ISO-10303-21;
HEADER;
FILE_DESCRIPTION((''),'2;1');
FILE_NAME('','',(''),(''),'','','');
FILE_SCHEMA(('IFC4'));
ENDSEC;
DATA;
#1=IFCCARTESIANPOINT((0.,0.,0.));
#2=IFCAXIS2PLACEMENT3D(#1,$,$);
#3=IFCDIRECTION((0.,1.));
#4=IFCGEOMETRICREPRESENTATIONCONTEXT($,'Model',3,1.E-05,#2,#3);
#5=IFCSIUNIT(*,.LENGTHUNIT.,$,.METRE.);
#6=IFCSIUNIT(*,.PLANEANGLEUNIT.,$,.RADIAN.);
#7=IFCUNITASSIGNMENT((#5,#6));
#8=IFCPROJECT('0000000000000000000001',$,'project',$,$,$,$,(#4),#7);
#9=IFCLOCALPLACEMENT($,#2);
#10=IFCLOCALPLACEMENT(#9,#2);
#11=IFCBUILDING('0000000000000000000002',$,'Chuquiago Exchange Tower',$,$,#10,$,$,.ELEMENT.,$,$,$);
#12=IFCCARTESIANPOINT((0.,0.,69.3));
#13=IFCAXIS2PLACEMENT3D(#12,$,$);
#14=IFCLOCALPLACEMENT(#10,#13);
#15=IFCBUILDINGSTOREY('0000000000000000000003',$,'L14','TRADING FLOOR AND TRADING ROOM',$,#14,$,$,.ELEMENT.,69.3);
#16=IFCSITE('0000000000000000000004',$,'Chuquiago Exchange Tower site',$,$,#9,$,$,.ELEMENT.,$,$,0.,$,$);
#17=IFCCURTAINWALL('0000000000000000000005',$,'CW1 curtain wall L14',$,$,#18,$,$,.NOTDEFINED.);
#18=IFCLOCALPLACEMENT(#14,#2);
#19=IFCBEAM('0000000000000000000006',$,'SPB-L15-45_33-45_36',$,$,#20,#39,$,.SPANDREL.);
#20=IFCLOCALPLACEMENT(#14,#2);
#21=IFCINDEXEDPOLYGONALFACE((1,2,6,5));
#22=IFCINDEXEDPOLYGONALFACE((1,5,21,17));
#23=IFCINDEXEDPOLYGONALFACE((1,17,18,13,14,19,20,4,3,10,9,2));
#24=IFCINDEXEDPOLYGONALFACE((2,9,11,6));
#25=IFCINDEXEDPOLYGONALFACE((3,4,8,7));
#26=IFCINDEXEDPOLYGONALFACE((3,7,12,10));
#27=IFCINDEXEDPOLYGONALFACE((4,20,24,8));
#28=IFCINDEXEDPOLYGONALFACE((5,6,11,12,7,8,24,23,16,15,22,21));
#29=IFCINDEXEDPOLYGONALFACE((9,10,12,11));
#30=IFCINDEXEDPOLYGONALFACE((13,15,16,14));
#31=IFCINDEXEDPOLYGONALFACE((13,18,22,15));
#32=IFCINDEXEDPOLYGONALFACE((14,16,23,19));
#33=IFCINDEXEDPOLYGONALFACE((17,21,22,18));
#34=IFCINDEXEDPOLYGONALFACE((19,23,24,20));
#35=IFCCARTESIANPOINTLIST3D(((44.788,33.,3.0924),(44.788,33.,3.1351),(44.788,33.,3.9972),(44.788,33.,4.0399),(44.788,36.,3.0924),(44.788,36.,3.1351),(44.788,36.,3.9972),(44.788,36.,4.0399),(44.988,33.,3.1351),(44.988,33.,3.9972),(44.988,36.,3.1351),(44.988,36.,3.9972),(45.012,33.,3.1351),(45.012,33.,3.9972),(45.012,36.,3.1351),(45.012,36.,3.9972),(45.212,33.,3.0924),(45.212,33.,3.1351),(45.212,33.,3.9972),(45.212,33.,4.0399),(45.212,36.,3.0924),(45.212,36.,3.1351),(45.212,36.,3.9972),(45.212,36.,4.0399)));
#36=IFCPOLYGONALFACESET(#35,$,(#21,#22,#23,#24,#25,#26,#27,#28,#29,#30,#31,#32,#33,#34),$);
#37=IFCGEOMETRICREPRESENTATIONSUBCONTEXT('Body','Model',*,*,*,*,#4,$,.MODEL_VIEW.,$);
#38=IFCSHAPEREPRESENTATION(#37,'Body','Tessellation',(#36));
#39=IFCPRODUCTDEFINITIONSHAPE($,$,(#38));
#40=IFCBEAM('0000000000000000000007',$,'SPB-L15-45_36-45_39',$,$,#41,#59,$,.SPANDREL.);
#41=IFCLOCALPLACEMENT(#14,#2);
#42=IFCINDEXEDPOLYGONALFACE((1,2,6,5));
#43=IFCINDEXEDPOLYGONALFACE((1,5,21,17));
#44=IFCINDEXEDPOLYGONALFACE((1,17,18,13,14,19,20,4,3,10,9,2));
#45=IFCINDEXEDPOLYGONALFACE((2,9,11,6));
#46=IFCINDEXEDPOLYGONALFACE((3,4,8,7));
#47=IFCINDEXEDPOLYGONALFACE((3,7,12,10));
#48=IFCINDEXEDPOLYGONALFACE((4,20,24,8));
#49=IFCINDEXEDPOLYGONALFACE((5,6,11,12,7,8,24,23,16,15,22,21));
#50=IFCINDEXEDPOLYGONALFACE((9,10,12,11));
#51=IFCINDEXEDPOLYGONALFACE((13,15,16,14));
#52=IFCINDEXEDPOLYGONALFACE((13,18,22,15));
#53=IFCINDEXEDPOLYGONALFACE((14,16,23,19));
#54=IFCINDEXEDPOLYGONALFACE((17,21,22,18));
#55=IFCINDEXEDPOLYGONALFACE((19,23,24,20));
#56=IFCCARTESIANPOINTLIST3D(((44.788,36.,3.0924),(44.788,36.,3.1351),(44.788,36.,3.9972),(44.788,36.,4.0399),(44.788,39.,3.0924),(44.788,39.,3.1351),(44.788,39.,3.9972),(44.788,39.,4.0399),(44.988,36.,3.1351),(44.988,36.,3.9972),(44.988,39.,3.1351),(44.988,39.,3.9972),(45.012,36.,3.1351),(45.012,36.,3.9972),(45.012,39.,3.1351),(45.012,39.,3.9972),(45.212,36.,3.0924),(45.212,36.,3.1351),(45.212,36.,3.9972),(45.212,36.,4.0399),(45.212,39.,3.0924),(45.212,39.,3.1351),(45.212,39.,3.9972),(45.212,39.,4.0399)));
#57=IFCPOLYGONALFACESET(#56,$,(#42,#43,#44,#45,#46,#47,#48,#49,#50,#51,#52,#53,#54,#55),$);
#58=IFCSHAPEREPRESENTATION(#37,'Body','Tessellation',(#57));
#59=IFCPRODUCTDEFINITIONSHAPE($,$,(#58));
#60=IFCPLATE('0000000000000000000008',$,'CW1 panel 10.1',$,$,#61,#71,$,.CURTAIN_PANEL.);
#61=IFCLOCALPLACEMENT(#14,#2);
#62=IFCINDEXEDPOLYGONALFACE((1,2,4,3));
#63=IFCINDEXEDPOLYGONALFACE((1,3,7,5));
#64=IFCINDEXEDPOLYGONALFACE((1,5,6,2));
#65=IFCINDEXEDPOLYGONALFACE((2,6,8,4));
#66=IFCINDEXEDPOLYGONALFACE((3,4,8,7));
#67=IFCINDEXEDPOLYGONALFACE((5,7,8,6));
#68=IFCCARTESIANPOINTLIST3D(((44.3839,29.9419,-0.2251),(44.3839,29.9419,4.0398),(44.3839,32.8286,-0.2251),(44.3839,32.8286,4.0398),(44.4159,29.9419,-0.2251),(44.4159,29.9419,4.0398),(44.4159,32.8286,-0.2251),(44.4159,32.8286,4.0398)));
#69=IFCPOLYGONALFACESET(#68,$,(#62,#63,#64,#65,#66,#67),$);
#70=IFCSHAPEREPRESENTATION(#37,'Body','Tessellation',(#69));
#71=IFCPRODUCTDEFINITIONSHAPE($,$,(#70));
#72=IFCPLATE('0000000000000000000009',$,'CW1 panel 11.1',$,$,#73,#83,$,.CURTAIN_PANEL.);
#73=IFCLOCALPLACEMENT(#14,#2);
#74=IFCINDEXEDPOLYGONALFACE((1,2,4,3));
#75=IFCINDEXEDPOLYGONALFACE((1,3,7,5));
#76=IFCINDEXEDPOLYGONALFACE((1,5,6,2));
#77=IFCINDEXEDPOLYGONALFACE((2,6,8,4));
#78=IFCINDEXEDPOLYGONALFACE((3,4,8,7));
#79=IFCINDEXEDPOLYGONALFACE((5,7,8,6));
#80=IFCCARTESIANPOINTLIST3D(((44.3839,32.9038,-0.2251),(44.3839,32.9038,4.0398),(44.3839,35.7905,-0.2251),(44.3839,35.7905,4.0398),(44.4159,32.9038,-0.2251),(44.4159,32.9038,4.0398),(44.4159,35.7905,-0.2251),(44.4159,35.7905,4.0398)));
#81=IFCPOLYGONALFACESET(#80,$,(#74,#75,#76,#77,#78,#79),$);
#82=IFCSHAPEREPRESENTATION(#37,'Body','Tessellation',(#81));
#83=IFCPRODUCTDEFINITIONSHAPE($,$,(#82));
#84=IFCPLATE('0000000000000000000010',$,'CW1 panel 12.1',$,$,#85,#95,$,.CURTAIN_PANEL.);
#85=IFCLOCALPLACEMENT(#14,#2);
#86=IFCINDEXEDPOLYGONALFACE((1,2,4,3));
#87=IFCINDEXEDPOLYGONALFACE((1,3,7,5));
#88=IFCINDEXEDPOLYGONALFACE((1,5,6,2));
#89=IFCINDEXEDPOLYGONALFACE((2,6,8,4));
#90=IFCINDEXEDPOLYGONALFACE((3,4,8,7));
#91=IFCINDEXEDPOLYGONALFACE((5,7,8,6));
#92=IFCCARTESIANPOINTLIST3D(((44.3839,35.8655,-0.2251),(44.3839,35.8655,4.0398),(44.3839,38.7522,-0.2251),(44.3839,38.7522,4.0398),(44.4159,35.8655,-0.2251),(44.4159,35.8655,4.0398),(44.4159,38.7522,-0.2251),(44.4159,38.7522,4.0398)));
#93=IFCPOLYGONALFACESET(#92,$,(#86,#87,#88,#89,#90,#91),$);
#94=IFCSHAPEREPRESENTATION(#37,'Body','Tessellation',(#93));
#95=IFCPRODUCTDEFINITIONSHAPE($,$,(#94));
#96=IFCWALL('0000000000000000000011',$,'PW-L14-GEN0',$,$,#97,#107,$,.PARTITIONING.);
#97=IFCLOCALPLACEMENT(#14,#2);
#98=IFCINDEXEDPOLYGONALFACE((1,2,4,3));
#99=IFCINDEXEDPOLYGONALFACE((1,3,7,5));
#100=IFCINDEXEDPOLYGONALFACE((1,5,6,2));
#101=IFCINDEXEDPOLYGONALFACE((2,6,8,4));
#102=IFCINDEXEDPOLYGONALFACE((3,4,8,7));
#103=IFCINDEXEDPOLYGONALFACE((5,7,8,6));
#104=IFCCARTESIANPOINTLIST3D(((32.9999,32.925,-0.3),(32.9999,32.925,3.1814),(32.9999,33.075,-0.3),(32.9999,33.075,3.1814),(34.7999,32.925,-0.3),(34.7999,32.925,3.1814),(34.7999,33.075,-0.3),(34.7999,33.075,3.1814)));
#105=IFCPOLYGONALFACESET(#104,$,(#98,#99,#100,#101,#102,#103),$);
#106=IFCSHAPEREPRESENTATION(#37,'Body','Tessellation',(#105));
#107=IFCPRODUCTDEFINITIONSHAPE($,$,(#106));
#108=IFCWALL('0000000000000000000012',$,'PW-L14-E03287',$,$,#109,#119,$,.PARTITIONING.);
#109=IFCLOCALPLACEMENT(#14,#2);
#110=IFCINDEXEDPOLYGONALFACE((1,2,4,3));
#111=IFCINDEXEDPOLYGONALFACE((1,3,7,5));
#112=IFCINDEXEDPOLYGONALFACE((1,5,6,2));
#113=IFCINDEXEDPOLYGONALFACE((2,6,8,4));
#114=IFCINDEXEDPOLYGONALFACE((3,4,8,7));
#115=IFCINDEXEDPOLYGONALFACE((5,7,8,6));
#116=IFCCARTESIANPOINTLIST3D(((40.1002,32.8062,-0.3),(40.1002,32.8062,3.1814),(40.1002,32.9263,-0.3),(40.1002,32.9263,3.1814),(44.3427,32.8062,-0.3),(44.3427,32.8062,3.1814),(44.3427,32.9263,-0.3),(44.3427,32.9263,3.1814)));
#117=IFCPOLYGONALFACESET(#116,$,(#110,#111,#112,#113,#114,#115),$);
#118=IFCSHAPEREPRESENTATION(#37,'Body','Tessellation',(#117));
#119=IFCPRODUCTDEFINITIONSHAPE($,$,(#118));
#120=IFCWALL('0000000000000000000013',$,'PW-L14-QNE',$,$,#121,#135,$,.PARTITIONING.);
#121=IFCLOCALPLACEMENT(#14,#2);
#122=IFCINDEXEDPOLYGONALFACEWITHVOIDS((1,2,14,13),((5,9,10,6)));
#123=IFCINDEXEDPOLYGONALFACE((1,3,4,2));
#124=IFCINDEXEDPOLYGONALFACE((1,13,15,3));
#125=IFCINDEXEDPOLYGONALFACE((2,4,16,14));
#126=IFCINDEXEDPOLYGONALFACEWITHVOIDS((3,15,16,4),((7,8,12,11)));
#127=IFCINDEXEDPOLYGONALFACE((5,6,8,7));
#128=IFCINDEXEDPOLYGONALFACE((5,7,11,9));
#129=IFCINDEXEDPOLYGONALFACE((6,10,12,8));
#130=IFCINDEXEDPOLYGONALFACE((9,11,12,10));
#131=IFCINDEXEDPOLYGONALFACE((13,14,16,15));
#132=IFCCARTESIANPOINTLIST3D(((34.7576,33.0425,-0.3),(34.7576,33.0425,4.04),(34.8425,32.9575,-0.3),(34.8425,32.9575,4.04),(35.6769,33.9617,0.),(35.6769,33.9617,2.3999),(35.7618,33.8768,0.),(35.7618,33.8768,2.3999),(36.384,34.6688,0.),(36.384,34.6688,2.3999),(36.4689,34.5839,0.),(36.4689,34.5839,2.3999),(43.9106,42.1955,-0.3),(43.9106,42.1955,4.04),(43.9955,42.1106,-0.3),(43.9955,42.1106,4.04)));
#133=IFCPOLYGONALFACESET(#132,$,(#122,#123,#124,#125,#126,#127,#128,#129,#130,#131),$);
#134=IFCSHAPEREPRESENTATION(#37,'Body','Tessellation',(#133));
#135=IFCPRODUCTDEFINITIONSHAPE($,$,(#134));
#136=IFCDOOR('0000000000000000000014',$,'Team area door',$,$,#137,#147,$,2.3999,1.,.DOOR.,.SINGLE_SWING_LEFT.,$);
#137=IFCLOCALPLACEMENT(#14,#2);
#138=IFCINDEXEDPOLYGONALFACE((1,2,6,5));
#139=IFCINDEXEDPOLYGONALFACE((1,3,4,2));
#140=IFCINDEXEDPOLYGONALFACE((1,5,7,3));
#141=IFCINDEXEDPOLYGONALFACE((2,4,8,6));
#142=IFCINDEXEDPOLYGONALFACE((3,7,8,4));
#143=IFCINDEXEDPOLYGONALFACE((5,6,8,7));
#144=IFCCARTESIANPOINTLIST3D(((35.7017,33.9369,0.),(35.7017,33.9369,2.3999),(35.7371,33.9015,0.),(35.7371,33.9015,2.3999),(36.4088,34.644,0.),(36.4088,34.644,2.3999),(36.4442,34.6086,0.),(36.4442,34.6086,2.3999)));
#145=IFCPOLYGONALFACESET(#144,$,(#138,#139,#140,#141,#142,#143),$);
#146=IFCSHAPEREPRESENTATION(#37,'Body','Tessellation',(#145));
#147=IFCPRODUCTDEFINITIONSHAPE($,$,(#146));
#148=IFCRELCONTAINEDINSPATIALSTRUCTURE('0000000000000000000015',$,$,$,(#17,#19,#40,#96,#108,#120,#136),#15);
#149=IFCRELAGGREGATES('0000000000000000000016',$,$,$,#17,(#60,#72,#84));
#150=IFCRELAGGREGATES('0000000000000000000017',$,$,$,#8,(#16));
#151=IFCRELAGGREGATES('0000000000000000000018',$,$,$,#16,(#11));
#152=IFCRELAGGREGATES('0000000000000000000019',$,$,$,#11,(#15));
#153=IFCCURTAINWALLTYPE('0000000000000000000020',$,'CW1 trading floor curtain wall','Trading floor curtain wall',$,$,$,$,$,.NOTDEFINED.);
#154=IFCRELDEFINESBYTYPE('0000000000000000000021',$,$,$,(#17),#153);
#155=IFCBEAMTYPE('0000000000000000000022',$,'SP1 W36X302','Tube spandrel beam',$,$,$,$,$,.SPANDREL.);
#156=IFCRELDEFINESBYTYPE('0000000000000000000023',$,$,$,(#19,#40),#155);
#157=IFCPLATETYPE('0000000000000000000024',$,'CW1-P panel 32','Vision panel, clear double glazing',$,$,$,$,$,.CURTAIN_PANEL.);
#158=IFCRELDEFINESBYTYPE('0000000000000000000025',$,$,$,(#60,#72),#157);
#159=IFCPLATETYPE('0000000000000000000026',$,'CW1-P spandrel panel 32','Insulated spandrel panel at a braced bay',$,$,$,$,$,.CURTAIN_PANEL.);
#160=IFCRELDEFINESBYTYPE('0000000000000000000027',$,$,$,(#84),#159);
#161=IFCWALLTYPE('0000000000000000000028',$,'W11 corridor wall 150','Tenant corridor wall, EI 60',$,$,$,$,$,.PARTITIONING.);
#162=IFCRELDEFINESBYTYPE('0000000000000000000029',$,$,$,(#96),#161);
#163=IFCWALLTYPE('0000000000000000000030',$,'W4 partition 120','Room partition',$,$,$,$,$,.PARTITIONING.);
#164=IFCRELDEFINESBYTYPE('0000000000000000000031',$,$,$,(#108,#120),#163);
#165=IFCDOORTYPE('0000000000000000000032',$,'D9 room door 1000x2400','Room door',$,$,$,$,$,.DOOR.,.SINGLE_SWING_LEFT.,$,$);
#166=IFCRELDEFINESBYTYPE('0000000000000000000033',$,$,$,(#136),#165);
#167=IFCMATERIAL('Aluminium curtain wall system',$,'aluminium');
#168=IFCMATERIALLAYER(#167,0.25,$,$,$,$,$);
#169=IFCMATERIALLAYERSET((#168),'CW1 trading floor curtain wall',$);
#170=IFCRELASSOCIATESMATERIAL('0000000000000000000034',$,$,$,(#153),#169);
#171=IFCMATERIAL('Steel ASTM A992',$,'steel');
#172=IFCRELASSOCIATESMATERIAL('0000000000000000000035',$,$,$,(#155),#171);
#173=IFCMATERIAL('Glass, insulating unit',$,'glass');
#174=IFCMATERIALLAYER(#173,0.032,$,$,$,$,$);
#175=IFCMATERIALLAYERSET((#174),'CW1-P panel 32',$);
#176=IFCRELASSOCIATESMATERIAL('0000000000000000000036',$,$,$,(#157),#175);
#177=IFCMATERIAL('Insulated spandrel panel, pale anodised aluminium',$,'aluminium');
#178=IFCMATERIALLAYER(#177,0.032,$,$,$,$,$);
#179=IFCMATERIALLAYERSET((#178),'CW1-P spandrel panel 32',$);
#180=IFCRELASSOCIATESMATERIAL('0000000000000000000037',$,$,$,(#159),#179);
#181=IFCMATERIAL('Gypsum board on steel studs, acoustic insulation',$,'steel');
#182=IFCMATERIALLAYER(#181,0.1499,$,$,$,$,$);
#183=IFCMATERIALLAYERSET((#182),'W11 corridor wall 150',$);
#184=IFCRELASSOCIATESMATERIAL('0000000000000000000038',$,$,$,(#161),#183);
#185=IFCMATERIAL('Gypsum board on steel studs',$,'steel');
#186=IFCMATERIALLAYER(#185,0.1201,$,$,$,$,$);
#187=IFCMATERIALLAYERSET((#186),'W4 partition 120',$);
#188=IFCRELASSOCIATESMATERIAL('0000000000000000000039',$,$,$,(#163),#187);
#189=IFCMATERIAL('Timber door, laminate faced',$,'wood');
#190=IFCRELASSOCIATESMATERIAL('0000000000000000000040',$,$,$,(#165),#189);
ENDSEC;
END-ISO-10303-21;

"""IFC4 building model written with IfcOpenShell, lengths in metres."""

from ifc_helpers import new_model, si_unit, direction, frame, frame_2d, origin, origin_2d, place, context, subcontext, project, spatial, rectangle, i_section, extrude, material, layer, layer_set, material_profile, profile_set, type_object, element, fill, aggregate, save


model = new_model("IFC4")

# Units and contexts
model_context = context("Model", 3, precision=1e-05, world=origin(), true_north=direction((0.0, 1.0)))
body_context = subcontext(model_context, "Body", "Model", "MODEL_VIEW")
ifc_project = project(units=[si_unit("LENGTHUNIT", "METRE"), si_unit("PLANEANGLEUNIT", "RADIAN")], contexts=[model_context])

# Site, building, storey
site_placement = place(None, origin())
site = spatial("IfcSite", under=ifc_project, at=site_placement, Name="Chuquiago Exchange Tower site", CompositionType="ELEMENT", RefElevation=0.0)
building_placement = place(site_placement, origin())
building = spatial("IfcBuilding", under=site, at=building_placement, Name="Chuquiago Exchange Tower", CompositionType="ELEMENT")
storey_placement = place(building_placement, frame((0.0, 0.0, 69.3)))
storey = spatial("IfcBuildingStorey", under=building, at=storey_placement, Name="L14", Description="TRADING FLOOR AND TRADING ROOM", CompositionType="ELEMENT", Elevation=69.3)

# Curtain wall
ifc_material_1 = material(Name="Aluminium curtain wall system", Category="aluminium")
ifc_layer_1 = layer(ifc_material_1, 0.25)
ifc_layer_set_1 = layer_set([ifc_layer_1], Name="CW1 trading floor curtain wall")
curtain_wall_type = type_object("IfcCurtainWallType", Name="CW1 trading floor curtain wall", Description="Trading floor curtain wall", PredefinedType="NOTDEFINED", material=ifc_layer_set_1)
curtain_wall_placement = place(storey_placement, origin())
curtain_wall = element("IfcCurtainWall", 1, at=curtain_wall_placement, inside=storey, type_object=curtain_wall_type, Name="CW1 curtain wall L14", PredefinedType="NOTDEFINED")

# Beams
ifc_material_2 = material(Name="Steel ASTM A992", Category="steel")
ifc_material_profile_1 = material_profile(ifc_material_2, i_section(OverallWidth=0.4241, OverallDepth=0.9475, WebThickness=0.0239, FlangeThickness=0.0427, at=origin_2d()), Name="W36X302")
ifc_profile_set_1 = profile_set([ifc_material_profile_1], Name="Steel ASTM A992")
beam_type_1 = type_object("IfcBeamType", Name="SP1 W36X302", Description="Tube spandrel beam", PredefinedType="SPANDREL", material=ifc_profile_set_1)
for number, where, z_axis, x_axis, name in (
    (2, (45.0, 33.0, 3.5662), (0.0, 1.0, 0.0), (-1.0, 0.0, 0.0), "SPB-L15-45_33-45_36"),
    (3, (45.0, 36.0, 3.5662), (0.0, 1.0, 0.0), (-1.0, 0.0, 0.0), "SPB-L15-45_36-45_39"),
):
    element("IfcBeam", number, at=place(storey_placement, frame(where, z_axis=z_axis, x_axis=x_axis)), inside=storey, type_object=beam_type_1, Name=name, PredefinedType="SPANDREL", context=body_context, shape_type="SweptSolid", body=[
        extrude(i_section(OverallWidth=0.4241, OverallDepth=0.9475, WebThickness=0.0239, FlangeThickness=0.0427, at=origin_2d()), origin(), (0.0, 0.0, 1.0), 3.0),
    ])

# Plates
ifc_material_3 = material(Name="Glass, insulating unit", Category="glass")
ifc_layer_2 = layer(ifc_material_3, 0.032)
ifc_layer_set_2 = layer_set([ifc_layer_2], Name="CW1-P panel 32")
plate_type_1 = type_object("IfcPlateType", Name="CW1-P panel 32", Description="Vision panel, clear double glazing", PredefinedType="CURTAIN_PANEL", material=ifc_layer_set_2)
plate_1_placement = place(storey_placement, frame((44.3999, 31.3853, -0.2251), z_axis=(0.0, 0.0, 1.0), x_axis=(0.0, 1.0, 0.0)))
plate_1 = element("IfcPlate", 4, at=plate_1_placement, type_object=plate_type_1, Name="CW1 panel 10.1", PredefinedType="CURTAIN_PANEL", context=body_context, shape_type="SweptSolid", body=[
    extrude(rectangle(XDim=2.8867, YDim=0.032, at=origin_2d()), origin(), (0.0, 0.0, 1.0), 4.2649),
])
plate_2_placement = place(storey_placement, frame((44.3999, 34.3472, -0.2251), z_axis=(0.0, 0.0, 1.0), x_axis=(0.0, 1.0, 0.0)))
plate_2 = element("IfcPlate", 5, at=plate_2_placement, type_object=plate_type_1, Name="CW1 panel 11.1", PredefinedType="CURTAIN_PANEL", context=body_context, shape_type="SweptSolid", body=[
    extrude(rectangle(XDim=2.8867, YDim=0.032, at=origin_2d()), origin(), (0.0, 0.0, 1.0), 4.2649),
])
ifc_material_4 = material(Name="Insulated spandrel panel, pale anodised aluminium", Category="aluminium")
ifc_layer_3 = layer(ifc_material_4, 0.032)
ifc_layer_set_3 = layer_set([ifc_layer_3], Name="CW1-P spandrel panel 32")
plate_type_2 = type_object("IfcPlateType", Name="CW1-P spandrel panel 32", Description="Insulated spandrel panel at a braced bay", PredefinedType="CURTAIN_PANEL", material=ifc_layer_set_3)
plate_3_placement = place(storey_placement, frame((44.3999, 37.3088, -0.2251), z_axis=(0.0, 0.0, 1.0), x_axis=(0.0, 1.0, 0.0)))
plate_3 = element("IfcPlate", 6, at=plate_3_placement, type_object=plate_type_2, Name="CW1 panel 12.1", PredefinedType="CURTAIN_PANEL", context=body_context, shape_type="SweptSolid", body=[
    extrude(rectangle(XDim=2.8867, YDim=0.032, at=origin_2d()), origin(), (0.0, 0.0, 1.0), 4.2649),
])
aggregate(curtain_wall, [plate_1, plate_2, plate_3])

# Walls
ifc_material_5 = material(Name="Gypsum board on steel studs, acoustic insulation", Category="steel")
ifc_layer_4 = layer(ifc_material_5, 0.1499)
ifc_layer_set_4 = layer_set([ifc_layer_4], Name="W11 corridor wall 150")
wall_type_1 = type_object("IfcWallType", Name="W11 corridor wall 150", Description="Tenant corridor wall, EI 60", PredefinedType="PARTITIONING", material=ifc_layer_set_4)
wall_1_placement = place(storey_placement, frame((33.0, 33.0, -0.3), z_axis=(0.0, 0.0, 1.0), x_axis=(1.0, 0.0, 0.0)))
element("IfcWall", 7, at=wall_1_placement, inside=storey, type_object=wall_type_1, Name="PW-L14-GEN0", PredefinedType="PARTITIONING", context=body_context, shape_type="SweptSolid", body=[
    extrude(rectangle(XDim=1.8, YDim=0.1499, at=frame_2d((0.8999, 0.0))), origin(), (0.0, 0.0, 1.0), 3.4814),
])
ifc_material_6 = material(Name="Gypsum board on steel studs", Category="steel")
ifc_layer_5 = layer(ifc_material_6, 0.1201)
ifc_layer_set_5 = layer_set([ifc_layer_5], Name="W4 partition 120")
wall_type_2 = type_object("IfcWallType", Name="W4 partition 120", Description="Room partition", PredefinedType="PARTITIONING", material=ifc_layer_set_5)
wall_2_placement = place(storey_placement, frame((44.3425, 32.8662, -0.3), z_axis=(0.0, 0.0, 1.0), x_axis=(-1.0, 0.0, 0.0)))
element("IfcWall", 8, at=wall_2_placement, inside=storey, type_object=wall_type_2, Name="PW-L14-E03287", PredefinedType="PARTITIONING", context=body_context, shape_type="SweptSolid", body=[
    extrude(rectangle(XDim=4.2424, YDim=0.1201, at=frame_2d((2.1211, 0.0))), origin(), (0.0, 0.0, 1.0), 3.4814),
])

# Wall, opening, door
wall_3_placement = place(storey_placement, frame((34.8, 33.0, -0.3), z_axis=(0.0, 0.0, 1.0), x_axis=(0.707107, 0.707107, 0.0)))
wall_3 = element("IfcWall", 9, at=wall_3_placement, inside=storey, type_object=wall_type_2, Name="PW-L14-QNE", PredefinedType="PARTITIONING", context=body_context, shape_type="SweptSolid", body=[
    extrude(rectangle(XDim=12.9443, YDim=0.1201, at=frame_2d((6.4722, 0.0))), origin(), (0.0, 0.0, 1.0), 4.3401),
])
opening_placement = place(wall_3_placement, frame((1.3, 0.0, 0.3)))
opening = element("IfcOpeningElement", 10, at=opening_placement, cuts=wall_3, PredefinedType="OPENING", context=body_context, shape_type="SweptSolid", body=[
    extrude(rectangle(XDim=1.0, YDim=2.3999, at=frame_2d((0.5, 1.2))), frame((0.0, 0.0701, 0.0), z_axis=(0.0, -1.0, 0.0), x_axis=(1.0, 0.0, 0.0)), (0.0, 0.0, 1.0), 0.1401),
])
ifc_material_7 = material(Name="Timber door, laminate faced", Category="wood")
door_type = type_object("IfcDoorType", Name="D9 room door 1000x2400", Description="Room door", OperationType="SINGLE_SWING_LEFT", PredefinedType="DOOR", material=ifc_material_7)
door_placement = place(opening_placement, origin())
door = element("IfcDoor", 11, at=door_placement, inside=storey, type_object=door_type, Name="Team area door", OperationType="SINGLE_SWING_LEFT", OverallHeight=2.3999, OverallWidth=1.0, PredefinedType="DOOR", context=body_context, shape_type="SweptSolid", body=[
    extrude(rectangle(XDim=1.0, YDim=2.3999, at=frame_2d((0.5, 1.2))), frame((0.0, 0.0249, 0.0), z_axis=(0.0, -1.0, 0.0), x_axis=(1.0, 0.0, 0.0)), (0.0, 0.0, 1.0), 0.05),
])
fill(opening, door)

save(model, "model.ifc")
